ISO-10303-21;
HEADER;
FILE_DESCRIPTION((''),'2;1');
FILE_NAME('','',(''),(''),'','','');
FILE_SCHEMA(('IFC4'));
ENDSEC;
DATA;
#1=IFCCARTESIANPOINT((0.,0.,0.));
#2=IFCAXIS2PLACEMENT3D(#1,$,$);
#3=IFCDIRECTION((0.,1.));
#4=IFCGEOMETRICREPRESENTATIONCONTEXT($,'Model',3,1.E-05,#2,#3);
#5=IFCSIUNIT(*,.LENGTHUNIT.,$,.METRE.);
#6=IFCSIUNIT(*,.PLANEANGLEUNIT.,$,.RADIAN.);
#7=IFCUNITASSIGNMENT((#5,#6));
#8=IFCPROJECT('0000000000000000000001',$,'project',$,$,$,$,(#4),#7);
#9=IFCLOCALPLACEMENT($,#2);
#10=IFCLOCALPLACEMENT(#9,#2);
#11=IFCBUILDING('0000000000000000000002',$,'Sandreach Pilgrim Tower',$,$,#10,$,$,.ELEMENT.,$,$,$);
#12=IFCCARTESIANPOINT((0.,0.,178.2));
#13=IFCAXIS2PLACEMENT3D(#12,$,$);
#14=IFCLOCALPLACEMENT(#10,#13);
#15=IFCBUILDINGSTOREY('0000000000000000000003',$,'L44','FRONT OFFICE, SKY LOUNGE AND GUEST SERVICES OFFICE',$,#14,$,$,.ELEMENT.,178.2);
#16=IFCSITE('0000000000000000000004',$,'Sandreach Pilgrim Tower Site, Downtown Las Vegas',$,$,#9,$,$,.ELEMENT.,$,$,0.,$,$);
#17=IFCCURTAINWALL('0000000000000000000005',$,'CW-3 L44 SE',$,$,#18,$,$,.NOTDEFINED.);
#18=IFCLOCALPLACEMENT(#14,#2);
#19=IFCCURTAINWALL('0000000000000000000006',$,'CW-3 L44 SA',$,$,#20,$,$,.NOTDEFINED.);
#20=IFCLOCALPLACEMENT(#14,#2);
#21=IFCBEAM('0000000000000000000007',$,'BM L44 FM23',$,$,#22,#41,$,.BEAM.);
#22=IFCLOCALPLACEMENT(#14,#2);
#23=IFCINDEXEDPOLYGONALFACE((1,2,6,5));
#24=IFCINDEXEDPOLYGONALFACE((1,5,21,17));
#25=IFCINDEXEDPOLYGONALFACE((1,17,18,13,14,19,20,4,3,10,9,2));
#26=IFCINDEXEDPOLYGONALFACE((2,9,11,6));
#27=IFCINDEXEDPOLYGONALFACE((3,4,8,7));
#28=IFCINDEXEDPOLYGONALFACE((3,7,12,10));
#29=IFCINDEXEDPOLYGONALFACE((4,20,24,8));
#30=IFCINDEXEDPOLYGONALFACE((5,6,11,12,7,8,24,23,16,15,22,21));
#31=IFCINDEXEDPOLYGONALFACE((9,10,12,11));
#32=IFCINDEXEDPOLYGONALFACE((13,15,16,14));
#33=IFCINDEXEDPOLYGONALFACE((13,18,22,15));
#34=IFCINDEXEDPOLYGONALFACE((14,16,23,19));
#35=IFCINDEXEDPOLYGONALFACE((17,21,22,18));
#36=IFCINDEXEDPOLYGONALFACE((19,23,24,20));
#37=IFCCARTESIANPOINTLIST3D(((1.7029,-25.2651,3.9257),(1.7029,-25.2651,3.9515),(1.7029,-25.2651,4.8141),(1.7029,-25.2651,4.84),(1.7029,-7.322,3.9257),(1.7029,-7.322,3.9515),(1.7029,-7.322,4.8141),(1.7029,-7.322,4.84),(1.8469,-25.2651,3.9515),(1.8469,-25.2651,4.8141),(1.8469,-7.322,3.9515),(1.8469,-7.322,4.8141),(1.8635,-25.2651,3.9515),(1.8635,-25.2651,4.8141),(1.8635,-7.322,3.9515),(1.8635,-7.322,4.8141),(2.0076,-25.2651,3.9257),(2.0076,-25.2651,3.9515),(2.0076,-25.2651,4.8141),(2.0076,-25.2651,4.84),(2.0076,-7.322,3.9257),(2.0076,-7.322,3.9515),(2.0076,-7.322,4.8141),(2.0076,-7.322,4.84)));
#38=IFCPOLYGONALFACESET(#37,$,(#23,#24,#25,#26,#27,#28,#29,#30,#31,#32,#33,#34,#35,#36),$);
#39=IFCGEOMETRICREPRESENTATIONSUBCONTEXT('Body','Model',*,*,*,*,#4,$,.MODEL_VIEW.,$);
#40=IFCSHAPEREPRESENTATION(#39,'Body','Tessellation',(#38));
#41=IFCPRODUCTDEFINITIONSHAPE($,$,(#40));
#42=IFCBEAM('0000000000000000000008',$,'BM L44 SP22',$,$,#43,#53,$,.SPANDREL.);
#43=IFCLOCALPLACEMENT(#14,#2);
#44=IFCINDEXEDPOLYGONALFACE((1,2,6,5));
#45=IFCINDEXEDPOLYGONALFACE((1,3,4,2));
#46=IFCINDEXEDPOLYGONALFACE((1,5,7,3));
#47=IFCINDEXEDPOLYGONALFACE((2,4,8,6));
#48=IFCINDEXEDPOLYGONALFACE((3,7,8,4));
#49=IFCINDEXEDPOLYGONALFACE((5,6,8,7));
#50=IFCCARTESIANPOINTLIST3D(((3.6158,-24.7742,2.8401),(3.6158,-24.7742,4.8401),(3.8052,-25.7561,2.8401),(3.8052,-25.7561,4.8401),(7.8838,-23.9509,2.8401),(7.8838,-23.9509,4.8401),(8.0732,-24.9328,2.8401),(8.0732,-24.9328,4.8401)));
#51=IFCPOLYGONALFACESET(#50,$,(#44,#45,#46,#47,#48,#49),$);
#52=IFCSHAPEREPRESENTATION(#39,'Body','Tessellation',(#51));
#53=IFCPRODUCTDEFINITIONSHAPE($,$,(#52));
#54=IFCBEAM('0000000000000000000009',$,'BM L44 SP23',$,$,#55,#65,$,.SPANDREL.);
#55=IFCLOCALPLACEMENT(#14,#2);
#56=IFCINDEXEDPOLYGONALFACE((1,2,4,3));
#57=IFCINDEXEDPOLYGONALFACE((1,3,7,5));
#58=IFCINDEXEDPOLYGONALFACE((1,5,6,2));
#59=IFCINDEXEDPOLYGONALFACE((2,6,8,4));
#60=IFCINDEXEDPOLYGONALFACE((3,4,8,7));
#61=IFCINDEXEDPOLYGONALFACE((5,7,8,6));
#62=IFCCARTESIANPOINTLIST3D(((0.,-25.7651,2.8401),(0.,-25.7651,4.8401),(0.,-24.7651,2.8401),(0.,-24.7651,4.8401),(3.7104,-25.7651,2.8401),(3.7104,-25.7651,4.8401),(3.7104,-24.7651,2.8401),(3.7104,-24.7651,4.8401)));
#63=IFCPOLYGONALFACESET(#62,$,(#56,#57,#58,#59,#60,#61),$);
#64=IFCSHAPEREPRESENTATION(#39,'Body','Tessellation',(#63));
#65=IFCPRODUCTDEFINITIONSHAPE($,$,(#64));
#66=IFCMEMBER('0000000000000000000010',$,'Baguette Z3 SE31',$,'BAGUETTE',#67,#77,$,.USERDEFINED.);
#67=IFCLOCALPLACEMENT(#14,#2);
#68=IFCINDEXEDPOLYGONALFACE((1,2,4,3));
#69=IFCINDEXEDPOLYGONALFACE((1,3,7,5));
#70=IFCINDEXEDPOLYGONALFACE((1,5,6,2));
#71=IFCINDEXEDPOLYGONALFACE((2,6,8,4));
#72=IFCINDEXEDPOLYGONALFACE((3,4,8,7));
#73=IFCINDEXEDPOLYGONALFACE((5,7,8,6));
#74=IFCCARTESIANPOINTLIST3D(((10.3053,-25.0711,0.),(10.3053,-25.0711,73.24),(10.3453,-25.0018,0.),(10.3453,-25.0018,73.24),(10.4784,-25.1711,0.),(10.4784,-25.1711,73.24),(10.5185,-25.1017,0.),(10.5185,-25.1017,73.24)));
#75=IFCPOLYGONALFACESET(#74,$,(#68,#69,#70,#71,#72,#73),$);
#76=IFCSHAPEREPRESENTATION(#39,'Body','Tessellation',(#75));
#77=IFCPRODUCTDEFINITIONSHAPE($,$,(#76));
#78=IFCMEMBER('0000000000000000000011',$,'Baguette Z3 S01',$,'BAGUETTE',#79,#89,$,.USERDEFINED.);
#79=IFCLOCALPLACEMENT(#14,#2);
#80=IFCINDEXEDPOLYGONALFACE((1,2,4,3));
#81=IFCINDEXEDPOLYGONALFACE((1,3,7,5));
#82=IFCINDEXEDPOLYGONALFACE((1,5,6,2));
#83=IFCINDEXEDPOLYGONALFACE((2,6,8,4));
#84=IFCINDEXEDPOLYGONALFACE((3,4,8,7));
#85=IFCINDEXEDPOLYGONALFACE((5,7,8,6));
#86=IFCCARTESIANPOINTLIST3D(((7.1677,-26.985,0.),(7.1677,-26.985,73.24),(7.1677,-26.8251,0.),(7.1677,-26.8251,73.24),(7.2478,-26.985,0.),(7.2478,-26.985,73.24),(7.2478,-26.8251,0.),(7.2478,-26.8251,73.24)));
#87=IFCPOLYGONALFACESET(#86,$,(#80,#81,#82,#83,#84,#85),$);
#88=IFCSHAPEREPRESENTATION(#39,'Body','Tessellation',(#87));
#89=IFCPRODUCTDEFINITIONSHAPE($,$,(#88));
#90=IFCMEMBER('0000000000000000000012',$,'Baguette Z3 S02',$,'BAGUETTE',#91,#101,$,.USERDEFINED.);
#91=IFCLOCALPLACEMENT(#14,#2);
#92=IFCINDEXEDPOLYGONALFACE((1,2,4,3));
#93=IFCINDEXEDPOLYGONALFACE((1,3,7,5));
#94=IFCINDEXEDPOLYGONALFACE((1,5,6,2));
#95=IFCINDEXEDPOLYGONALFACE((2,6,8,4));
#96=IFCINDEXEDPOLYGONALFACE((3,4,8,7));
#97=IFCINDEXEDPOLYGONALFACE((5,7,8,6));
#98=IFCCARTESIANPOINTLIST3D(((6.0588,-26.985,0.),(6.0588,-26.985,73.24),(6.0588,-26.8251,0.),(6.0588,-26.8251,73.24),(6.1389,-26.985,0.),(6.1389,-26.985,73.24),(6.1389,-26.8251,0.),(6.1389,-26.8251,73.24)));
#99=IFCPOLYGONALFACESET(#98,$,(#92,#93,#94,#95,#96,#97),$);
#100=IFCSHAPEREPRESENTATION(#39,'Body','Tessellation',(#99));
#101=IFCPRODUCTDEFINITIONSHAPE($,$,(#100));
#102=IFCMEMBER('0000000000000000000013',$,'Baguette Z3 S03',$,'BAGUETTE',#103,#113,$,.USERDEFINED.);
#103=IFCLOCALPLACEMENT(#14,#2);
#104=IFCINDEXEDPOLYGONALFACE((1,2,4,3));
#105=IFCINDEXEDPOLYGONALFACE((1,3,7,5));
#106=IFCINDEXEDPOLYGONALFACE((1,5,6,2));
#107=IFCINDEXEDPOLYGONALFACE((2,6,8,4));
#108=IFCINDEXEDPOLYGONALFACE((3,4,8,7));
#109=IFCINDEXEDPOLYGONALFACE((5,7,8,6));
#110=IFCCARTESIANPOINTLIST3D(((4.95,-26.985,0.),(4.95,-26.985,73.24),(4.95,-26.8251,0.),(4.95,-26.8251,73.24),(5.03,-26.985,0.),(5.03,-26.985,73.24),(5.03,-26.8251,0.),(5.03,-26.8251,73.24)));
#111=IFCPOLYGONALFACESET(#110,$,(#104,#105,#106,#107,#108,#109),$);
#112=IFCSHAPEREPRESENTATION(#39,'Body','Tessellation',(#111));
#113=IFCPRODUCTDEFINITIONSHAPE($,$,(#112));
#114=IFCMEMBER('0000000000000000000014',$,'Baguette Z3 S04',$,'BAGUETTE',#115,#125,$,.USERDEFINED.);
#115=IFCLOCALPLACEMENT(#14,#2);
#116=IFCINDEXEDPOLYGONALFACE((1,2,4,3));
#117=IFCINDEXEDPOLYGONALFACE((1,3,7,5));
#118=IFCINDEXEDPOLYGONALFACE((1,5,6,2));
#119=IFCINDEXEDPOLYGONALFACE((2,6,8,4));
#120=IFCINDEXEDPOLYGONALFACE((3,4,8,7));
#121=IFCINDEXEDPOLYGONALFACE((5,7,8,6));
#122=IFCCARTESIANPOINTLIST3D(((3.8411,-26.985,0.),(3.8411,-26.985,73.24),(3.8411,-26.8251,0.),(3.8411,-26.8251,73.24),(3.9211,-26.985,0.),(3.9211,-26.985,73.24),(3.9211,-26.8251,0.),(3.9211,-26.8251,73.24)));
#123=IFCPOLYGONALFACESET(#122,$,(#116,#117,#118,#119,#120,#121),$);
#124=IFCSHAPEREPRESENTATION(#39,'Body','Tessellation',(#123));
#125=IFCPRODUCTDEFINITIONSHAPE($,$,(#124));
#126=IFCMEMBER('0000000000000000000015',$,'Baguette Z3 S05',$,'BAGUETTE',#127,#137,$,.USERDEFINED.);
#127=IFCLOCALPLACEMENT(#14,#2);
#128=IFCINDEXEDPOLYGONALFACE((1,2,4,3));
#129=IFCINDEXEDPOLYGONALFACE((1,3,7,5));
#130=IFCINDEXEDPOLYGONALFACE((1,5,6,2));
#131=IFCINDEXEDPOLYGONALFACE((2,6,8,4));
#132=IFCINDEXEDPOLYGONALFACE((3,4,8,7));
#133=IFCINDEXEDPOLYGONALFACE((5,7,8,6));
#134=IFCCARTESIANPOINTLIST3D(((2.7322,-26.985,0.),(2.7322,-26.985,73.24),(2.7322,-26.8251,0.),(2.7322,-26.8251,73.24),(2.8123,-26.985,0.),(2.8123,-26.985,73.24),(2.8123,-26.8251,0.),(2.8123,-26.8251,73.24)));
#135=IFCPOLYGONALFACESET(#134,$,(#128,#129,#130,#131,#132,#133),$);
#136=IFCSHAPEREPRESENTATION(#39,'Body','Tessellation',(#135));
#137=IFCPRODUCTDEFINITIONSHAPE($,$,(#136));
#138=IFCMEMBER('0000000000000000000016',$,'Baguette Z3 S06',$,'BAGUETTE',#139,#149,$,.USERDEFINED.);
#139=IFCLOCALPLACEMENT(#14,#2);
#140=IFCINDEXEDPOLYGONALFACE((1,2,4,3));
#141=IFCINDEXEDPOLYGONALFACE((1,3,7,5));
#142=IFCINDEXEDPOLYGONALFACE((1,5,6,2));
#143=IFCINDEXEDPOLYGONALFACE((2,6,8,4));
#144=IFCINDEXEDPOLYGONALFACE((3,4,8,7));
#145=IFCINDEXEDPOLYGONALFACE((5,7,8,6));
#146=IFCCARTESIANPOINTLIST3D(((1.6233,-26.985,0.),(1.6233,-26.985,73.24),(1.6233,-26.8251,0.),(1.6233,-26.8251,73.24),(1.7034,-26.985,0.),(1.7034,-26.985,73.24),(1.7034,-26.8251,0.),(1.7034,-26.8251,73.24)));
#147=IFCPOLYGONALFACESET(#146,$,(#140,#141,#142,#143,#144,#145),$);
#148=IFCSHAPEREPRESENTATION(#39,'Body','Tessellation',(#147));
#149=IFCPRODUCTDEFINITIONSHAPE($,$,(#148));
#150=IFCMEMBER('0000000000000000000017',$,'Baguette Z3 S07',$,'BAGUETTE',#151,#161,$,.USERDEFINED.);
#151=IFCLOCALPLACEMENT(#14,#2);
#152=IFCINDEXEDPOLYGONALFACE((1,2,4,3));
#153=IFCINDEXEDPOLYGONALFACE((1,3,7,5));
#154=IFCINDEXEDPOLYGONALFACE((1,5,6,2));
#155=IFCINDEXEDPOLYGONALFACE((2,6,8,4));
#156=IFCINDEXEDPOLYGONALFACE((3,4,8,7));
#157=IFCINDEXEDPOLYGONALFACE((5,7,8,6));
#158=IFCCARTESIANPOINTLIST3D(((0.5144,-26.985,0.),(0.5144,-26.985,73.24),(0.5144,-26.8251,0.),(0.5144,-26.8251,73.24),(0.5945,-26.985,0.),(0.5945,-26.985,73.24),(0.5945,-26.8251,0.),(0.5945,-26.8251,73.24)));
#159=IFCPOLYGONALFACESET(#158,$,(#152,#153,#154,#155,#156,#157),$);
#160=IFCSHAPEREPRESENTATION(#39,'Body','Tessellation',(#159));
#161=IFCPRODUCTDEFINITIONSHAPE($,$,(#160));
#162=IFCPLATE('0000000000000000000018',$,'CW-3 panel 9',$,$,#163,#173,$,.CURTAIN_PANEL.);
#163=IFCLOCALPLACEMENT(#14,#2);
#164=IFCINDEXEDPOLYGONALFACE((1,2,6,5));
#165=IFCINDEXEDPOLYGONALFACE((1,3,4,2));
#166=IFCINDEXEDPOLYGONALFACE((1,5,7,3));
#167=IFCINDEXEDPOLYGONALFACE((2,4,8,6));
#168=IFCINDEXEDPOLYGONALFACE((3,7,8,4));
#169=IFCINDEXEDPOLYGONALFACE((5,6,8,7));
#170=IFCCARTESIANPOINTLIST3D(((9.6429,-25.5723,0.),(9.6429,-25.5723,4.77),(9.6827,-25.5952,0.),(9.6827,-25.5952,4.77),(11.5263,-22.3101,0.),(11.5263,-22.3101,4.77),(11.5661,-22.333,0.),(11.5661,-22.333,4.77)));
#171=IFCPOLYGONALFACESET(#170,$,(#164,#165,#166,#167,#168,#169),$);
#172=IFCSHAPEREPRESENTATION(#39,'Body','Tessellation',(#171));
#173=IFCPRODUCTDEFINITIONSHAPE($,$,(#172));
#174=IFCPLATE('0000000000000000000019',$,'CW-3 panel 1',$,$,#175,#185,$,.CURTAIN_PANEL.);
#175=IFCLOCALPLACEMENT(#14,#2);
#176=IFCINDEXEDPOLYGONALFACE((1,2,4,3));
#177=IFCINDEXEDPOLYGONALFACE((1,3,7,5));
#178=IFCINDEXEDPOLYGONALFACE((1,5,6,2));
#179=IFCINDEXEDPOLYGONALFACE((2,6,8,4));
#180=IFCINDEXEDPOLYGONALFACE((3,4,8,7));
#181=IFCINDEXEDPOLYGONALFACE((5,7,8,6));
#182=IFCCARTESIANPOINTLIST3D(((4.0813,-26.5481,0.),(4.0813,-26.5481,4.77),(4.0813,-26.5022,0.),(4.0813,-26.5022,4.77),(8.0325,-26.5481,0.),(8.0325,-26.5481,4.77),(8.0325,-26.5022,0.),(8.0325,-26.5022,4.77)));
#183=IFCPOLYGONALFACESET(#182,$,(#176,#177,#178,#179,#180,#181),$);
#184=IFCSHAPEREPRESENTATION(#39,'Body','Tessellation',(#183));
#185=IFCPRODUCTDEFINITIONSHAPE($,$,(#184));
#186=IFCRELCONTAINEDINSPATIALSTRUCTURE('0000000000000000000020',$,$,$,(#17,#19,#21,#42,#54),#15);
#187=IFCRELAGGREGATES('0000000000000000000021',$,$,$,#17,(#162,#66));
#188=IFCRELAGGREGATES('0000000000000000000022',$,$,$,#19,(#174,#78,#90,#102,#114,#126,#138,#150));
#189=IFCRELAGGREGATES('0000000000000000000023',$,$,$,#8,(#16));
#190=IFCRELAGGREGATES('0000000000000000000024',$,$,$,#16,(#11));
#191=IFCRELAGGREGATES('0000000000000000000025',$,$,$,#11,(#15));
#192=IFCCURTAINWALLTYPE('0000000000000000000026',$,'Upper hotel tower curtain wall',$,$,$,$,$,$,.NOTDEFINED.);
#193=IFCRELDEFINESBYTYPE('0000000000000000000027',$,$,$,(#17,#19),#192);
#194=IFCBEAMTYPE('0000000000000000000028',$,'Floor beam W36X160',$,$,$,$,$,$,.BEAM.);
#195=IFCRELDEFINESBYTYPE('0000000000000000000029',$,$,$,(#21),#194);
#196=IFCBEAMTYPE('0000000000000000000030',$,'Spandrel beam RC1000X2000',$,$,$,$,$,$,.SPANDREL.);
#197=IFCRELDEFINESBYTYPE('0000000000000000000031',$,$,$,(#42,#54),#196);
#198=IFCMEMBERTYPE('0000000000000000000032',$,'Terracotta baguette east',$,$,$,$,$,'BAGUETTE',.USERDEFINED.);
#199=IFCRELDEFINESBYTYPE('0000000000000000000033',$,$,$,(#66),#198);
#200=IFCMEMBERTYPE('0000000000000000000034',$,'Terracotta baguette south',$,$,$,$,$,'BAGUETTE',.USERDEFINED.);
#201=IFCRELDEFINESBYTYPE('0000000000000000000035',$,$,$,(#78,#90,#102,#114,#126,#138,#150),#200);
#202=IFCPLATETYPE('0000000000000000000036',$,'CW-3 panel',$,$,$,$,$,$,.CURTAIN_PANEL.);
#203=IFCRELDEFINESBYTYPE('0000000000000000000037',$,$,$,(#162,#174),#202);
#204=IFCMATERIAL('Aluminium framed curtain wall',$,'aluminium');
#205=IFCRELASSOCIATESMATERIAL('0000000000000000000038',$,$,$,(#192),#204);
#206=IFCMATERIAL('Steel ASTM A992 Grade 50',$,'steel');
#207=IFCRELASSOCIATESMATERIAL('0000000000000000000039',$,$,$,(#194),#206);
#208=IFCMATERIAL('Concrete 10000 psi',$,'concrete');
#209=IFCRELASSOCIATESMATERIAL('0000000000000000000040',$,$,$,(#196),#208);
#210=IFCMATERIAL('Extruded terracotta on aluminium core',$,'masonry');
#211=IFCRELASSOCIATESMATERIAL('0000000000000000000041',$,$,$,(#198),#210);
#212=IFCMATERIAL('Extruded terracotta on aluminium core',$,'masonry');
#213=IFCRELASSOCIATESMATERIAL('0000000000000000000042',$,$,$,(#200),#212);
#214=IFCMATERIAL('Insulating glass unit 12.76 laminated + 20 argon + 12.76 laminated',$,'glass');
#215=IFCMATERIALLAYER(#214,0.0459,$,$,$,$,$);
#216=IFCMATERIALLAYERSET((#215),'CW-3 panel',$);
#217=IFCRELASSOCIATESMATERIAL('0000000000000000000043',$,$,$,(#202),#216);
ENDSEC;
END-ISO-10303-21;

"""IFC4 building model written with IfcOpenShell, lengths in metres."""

from ifc_helpers import new_model, si_unit, direction, frame, origin, origin_2d, place, context, subcontext, project, spatial, rectangle, i_section, extrude, material, layer, layer_set, material_profile, profile_set, type_object, element, aggregate, save


model = new_model("IFC4")

# Units and contexts
model_context = context("Model", 3, precision=1e-05, world=origin(), true_north=direction((0.0, 1.0)))
body_context = subcontext(model_context, "Body", "Model", "MODEL_VIEW")
ifc_project = project(units=[si_unit("LENGTHUNIT", "METRE"), si_unit("PLANEANGLEUNIT", "RADIAN")], contexts=[model_context])

# Site, building, storey
site_placement = place(None, origin())
site = spatial("IfcSite", under=ifc_project, at=site_placement, Name="Sandreach Pilgrim Tower Site, Downtown Las Vegas", CompositionType="ELEMENT", RefElevation=0.0)
building_placement = place(site_placement, origin())
building = spatial("IfcBuilding", under=site, at=building_placement, Name="Sandreach Pilgrim Tower", CompositionType="ELEMENT")
storey_placement = place(building_placement, frame((0.0, 0.0, 178.2)))
storey = spatial("IfcBuildingStorey", under=building, at=storey_placement, Name="L44", Description="FRONT OFFICE, SKY LOUNGE AND GUEST SERVICES OFFICE", CompositionType="ELEMENT", Elevation=178.2)

# Curtain wall
ifc_material_1 = material(Name="Aluminium framed curtain wall", Category="aluminium")
curtain_wall_type = type_object("IfcCurtainWallType", Name="Upper hotel tower curtain wall", PredefinedType="NOTDEFINED", material=ifc_material_1)
curtain_wall_1_placement = place(storey_placement, origin())
curtain_wall_1 = element("IfcCurtainWall", 1, at=curtain_wall_1_placement, inside=storey, type_object=curtain_wall_type, Name="CW-3 L44 SE", PredefinedType="NOTDEFINED")

# Curtain wall
curtain_wall_2_placement = place(storey_placement, origin())
curtain_wall_2 = element("IfcCurtainWall", 2, at=curtain_wall_2_placement, inside=storey, type_object=curtain_wall_type, Name="CW-3 L44 SA", PredefinedType="NOTDEFINED")

# Beams
ifc_material_2 = material(Name="Steel ASTM A992 Grade 50", Category="steel")
ifc_material_profile_1 = material_profile(ifc_material_2, i_section(OverallWidth=0.3047, OverallDepth=0.9143, WebThickness=0.0166, FlangeThickness=0.0259, at=origin_2d()), Name="W36X160")
ifc_profile_set_1 = profile_set([ifc_material_profile_1], Name="Steel ASTM A992 Grade 50")
beam_type_1 = type_object("IfcBeamType", Name="Floor beam W36X160", PredefinedType="BEAM", material=ifc_profile_set_1)
beam_1_placement = place(storey_placement, frame((1.8552, -25.2651, 4.3828), z_axis=(0.0, 1.0, 0.0), x_axis=(-1.0, 0.0, 0.0)))
element("IfcBeam", 3, at=beam_1_placement, inside=storey, type_object=beam_type_1, Name="BM L44 FM23", PredefinedType="BEAM", context=body_context, shape_type="SweptSolid", body=[
    extrude(i_section(OverallWidth=0.3047, OverallDepth=0.9143, WebThickness=0.0166, FlangeThickness=0.0259, at=origin_2d()), origin(), (0.0, 0.0, 1.0), 17.9431),
])
ifc_material_3 = material(Name="Concrete 10000 psi", Category="concrete")
ifc_material_profile_2 = material_profile(ifc_material_3, rectangle(XDim=1.0, YDim=2.0, at=origin_2d()), Name="RC1000X2000")
ifc_profile_set_2 = profile_set([ifc_material_profile_2], Name="Concrete 10000 psi")
beam_type_2 = type_object("IfcBeamType", Name="Spandrel beam RC1000X2000", PredefinedType="SPANDREL", material=ifc_profile_set_2)
beam_2_placement = place(storey_placement, frame((7.9785, -24.4419, 3.8401), z_axis=(-0.981901, -0.189393, 0.0), x_axis=(0.189393, -0.981901, 0.0)))
element("IfcBeam", 4, at=beam_2_placement, inside=storey, type_object=beam_type_2, Name="BM L44 SP22", PredefinedType="SPANDREL", context=body_context, shape_type="SweptSolid", body=[
    extrude(rectangle(XDim=1.0, YDim=2.0, at=origin_2d()), origin(), (0.0, 0.0, 1.0), 4.3467),
])
beam_3_placement = place(storey_placement, frame((3.7104, -25.2651, 3.8401), z_axis=(-1.0, 0.0, 0.0), x_axis=(0.0, -1.0, 0.0)))
element("IfcBeam", 5, at=beam_3_placement, inside=storey, type_object=beam_type_2, Name="BM L44 SP23", PredefinedType="SPANDREL", context=body_context, shape_type="SweptSolid", body=[
    extrude(rectangle(XDim=1.0, YDim=2.0, at=origin_2d()), origin(), (0.0, 0.0, 1.0), 3.7104),
])

# Members
ifc_material_4 = material(Name="Extruded terracotta on aluminium core", Category="masonry")
ifc_material_profile_3 = material_profile(ifc_material_4, rectangle(XDim=0.0801, YDim=0.2, at=origin_2d()), Name="TBE 80X200")
ifc_profile_set_3 = profile_set([ifc_material_profile_3], Name="Extruded terracotta on aluminium core")
member_type_1 = type_object("IfcMemberType", Name="Terracotta baguette east", ElementType="BAGUETTE", PredefinedType="USERDEFINED", material=ifc_profile_set_3)
member_1_placement = place(storey_placement, frame((10.4119, -25.0864, 0.0), z_axis=(0.0, 0.0, 1.0), x_axis=(-0.5, -0.866025, 0.0)))
member_1 = element("IfcMember", 6, at=member_1_placement, type_object=member_type_1, Name="Baguette Z3 SE31", ObjectType="BAGUETTE", PredefinedType="USERDEFINED", context=body_context, shape_type="SweptSolid", body=[
    extrude(rectangle(XDim=0.0801, YDim=0.2, at=origin_2d()), origin(), (0.0, 0.0, 1.0), 73.24),
])
ifc_material_5 = material(Name="Extruded terracotta on aluminium core", Category="masonry")
ifc_material_profile_4 = material_profile(ifc_material_5, rectangle(XDim=0.0801, YDim=0.1599, at=origin_2d()), Name="TBS 80X160")
ifc_profile_set_4 = profile_set([ifc_material_profile_4], Name="Extruded terracotta on aluminium core")
member_type_2 = type_object("IfcMemberType", Name="Terracotta baguette south", ElementType="BAGUETTE", PredefinedType="USERDEFINED", material=ifc_profile_set_4)
member_2_placement = place(storey_placement, frame((7.2078, -26.905, 0.0), z_axis=(0.0, 0.0, 1.0), x_axis=(-1.0, 0.0, 0.0)))
member_2 = element("IfcMember", 7, at=member_2_placement, type_object=member_type_2, Name="Baguette Z3 S01", ObjectType="BAGUETTE", PredefinedType="USERDEFINED", context=body_context, shape_type="SweptSolid", body=[
    extrude(rectangle(XDim=0.0801, YDim=0.1599, at=origin_2d()), origin(), (0.0, 0.0, 1.0), 73.24),
])
member_3_placement = place(storey_placement, frame((6.0989, -26.905, 0.0), z_axis=(0.0, 0.0, 1.0), x_axis=(-1.0, 0.0, 0.0)))
member_3 = element("IfcMember", 8, at=member_3_placement, type_object=member_type_2, Name="Baguette Z3 S02", ObjectType="BAGUETTE", PredefinedType="USERDEFINED", context=body_context, shape_type="SweptSolid", body=[
    extrude(rectangle(XDim=0.0801, YDim=0.1599, at=origin_2d()), origin(), (0.0, 0.0, 1.0), 73.24),
])
member_4_placement = place(storey_placement, frame((4.99, -26.905, 0.0), z_axis=(0.0, 0.0, 1.0), x_axis=(-1.0, 0.0, 0.0)))
member_4 = element("IfcMember", 9, at=member_4_placement, type_object=member_type_2, Name="Baguette Z3 S03", ObjectType="BAGUETTE", PredefinedType="USERDEFINED", context=body_context, shape_type="SweptSolid", body=[
    extrude(rectangle(XDim=0.0801, YDim=0.1599, at=origin_2d()), origin(), (0.0, 0.0, 1.0), 73.24),
])
member_5_placement = place(storey_placement, frame((3.8811, -26.905, 0.0), z_axis=(0.0, 0.0, 1.0), x_axis=(-1.0, 0.0, 0.0)))
member_5 = element("IfcMember", 10, at=member_5_placement, type_object=member_type_2, Name="Baguette Z3 S04", ObjectType="BAGUETTE", PredefinedType="USERDEFINED", context=body_context, shape_type="SweptSolid", body=[
    extrude(rectangle(XDim=0.0801, YDim=0.1599, at=origin_2d()), origin(), (0.0, 0.0, 1.0), 73.24),
])
member_6_placement = place(storey_placement, frame((2.7722, -26.905, 0.0), z_axis=(0.0, 0.0, 1.0), x_axis=(-1.0, 0.0, 0.0)))
member_6 = element("IfcMember", 11, at=member_6_placement, type_object=member_type_2, Name="Baguette Z3 S05", ObjectType="BAGUETTE", PredefinedType="USERDEFINED", context=body_context, shape_type="SweptSolid", body=[
    extrude(rectangle(XDim=0.0801, YDim=0.1599, at=origin_2d()), origin(), (0.0, 0.0, 1.0), 73.24),
])
member_7_placement = place(storey_placement, frame((1.6633, -26.905, 0.0), z_axis=(0.0, 0.0, 1.0), x_axis=(-1.0, 0.0, 0.0)))
member_7 = element("IfcMember", 12, at=member_7_placement, type_object=member_type_2, Name="Baguette Z3 S06", ObjectType="BAGUETTE", PredefinedType="USERDEFINED", context=body_context, shape_type="SweptSolid", body=[
    extrude(rectangle(XDim=0.0801, YDim=0.1599, at=origin_2d()), origin(), (0.0, 0.0, 1.0), 73.24),
])
member_8_placement = place(storey_placement, frame((0.5544, -26.905, 0.0), z_axis=(0.0, 0.0, 1.0), x_axis=(-1.0, 0.0, 0.0)))
member_8 = element("IfcMember", 13, at=member_8_placement, type_object=member_type_2, Name="Baguette Z3 S07", ObjectType="BAGUETTE", PredefinedType="USERDEFINED", context=body_context, shape_type="SweptSolid", body=[
    extrude(rectangle(XDim=0.0801, YDim=0.1599, at=origin_2d()), origin(), (0.0, 0.0, 1.0), 73.24),
])

# Plates
ifc_material_6 = material(Name="Insulating glass unit 12.76 laminated + 20 argon + 12.76 laminated", Category="glass")
ifc_layer_1 = layer(ifc_material_6, 0.0459)
ifc_layer_set_1 = layer_set([ifc_layer_1], Name="CW-3 panel")
plate_type = type_object("IfcPlateType", Name="CW-3 panel", PredefinedType="CURTAIN_PANEL", material=ifc_layer_set_1)
plate_1_placement = place(storey_placement, frame((10.6045, -23.9526, 0.0), z_axis=(0.0, 0.0, 1.0), x_axis=(-0.5, -0.866025, 0.0)))
plate_1 = element("IfcPlate", 14, at=plate_1_placement, type_object=plate_type, Name="CW-3 panel 9", PredefinedType="CURTAIN_PANEL", context=body_context, shape_type="SweptSolid", body=[
    extrude(rectangle(XDim=3.7668, YDim=0.0459, at=origin_2d()), origin(), (0.0, 0.0, 1.0), 4.77),
])
aggregate(curtain_wall_1, [plate_1, member_1])
plate_2_placement = place(storey_placement, frame((6.0569, -26.5251, 0.0), z_axis=(0.0, 0.0, 1.0), x_axis=(-1.0, 0.0, 0.0)))
plate_2 = element("IfcPlate", 15, at=plate_2_placement, type_object=plate_type, Name="CW-3 panel 1", PredefinedType="CURTAIN_PANEL", context=body_context, shape_type="SweptSolid", body=[
    extrude(rectangle(XDim=3.9512, YDim=0.0459, at=origin_2d()), origin(), (0.0, 0.0, 1.0), 4.77),
])
aggregate(curtain_wall_2, [plate_2, member_2, member_3, member_4, member_5, member_6, member_7, member_8])

save(model, "model.ifc")
